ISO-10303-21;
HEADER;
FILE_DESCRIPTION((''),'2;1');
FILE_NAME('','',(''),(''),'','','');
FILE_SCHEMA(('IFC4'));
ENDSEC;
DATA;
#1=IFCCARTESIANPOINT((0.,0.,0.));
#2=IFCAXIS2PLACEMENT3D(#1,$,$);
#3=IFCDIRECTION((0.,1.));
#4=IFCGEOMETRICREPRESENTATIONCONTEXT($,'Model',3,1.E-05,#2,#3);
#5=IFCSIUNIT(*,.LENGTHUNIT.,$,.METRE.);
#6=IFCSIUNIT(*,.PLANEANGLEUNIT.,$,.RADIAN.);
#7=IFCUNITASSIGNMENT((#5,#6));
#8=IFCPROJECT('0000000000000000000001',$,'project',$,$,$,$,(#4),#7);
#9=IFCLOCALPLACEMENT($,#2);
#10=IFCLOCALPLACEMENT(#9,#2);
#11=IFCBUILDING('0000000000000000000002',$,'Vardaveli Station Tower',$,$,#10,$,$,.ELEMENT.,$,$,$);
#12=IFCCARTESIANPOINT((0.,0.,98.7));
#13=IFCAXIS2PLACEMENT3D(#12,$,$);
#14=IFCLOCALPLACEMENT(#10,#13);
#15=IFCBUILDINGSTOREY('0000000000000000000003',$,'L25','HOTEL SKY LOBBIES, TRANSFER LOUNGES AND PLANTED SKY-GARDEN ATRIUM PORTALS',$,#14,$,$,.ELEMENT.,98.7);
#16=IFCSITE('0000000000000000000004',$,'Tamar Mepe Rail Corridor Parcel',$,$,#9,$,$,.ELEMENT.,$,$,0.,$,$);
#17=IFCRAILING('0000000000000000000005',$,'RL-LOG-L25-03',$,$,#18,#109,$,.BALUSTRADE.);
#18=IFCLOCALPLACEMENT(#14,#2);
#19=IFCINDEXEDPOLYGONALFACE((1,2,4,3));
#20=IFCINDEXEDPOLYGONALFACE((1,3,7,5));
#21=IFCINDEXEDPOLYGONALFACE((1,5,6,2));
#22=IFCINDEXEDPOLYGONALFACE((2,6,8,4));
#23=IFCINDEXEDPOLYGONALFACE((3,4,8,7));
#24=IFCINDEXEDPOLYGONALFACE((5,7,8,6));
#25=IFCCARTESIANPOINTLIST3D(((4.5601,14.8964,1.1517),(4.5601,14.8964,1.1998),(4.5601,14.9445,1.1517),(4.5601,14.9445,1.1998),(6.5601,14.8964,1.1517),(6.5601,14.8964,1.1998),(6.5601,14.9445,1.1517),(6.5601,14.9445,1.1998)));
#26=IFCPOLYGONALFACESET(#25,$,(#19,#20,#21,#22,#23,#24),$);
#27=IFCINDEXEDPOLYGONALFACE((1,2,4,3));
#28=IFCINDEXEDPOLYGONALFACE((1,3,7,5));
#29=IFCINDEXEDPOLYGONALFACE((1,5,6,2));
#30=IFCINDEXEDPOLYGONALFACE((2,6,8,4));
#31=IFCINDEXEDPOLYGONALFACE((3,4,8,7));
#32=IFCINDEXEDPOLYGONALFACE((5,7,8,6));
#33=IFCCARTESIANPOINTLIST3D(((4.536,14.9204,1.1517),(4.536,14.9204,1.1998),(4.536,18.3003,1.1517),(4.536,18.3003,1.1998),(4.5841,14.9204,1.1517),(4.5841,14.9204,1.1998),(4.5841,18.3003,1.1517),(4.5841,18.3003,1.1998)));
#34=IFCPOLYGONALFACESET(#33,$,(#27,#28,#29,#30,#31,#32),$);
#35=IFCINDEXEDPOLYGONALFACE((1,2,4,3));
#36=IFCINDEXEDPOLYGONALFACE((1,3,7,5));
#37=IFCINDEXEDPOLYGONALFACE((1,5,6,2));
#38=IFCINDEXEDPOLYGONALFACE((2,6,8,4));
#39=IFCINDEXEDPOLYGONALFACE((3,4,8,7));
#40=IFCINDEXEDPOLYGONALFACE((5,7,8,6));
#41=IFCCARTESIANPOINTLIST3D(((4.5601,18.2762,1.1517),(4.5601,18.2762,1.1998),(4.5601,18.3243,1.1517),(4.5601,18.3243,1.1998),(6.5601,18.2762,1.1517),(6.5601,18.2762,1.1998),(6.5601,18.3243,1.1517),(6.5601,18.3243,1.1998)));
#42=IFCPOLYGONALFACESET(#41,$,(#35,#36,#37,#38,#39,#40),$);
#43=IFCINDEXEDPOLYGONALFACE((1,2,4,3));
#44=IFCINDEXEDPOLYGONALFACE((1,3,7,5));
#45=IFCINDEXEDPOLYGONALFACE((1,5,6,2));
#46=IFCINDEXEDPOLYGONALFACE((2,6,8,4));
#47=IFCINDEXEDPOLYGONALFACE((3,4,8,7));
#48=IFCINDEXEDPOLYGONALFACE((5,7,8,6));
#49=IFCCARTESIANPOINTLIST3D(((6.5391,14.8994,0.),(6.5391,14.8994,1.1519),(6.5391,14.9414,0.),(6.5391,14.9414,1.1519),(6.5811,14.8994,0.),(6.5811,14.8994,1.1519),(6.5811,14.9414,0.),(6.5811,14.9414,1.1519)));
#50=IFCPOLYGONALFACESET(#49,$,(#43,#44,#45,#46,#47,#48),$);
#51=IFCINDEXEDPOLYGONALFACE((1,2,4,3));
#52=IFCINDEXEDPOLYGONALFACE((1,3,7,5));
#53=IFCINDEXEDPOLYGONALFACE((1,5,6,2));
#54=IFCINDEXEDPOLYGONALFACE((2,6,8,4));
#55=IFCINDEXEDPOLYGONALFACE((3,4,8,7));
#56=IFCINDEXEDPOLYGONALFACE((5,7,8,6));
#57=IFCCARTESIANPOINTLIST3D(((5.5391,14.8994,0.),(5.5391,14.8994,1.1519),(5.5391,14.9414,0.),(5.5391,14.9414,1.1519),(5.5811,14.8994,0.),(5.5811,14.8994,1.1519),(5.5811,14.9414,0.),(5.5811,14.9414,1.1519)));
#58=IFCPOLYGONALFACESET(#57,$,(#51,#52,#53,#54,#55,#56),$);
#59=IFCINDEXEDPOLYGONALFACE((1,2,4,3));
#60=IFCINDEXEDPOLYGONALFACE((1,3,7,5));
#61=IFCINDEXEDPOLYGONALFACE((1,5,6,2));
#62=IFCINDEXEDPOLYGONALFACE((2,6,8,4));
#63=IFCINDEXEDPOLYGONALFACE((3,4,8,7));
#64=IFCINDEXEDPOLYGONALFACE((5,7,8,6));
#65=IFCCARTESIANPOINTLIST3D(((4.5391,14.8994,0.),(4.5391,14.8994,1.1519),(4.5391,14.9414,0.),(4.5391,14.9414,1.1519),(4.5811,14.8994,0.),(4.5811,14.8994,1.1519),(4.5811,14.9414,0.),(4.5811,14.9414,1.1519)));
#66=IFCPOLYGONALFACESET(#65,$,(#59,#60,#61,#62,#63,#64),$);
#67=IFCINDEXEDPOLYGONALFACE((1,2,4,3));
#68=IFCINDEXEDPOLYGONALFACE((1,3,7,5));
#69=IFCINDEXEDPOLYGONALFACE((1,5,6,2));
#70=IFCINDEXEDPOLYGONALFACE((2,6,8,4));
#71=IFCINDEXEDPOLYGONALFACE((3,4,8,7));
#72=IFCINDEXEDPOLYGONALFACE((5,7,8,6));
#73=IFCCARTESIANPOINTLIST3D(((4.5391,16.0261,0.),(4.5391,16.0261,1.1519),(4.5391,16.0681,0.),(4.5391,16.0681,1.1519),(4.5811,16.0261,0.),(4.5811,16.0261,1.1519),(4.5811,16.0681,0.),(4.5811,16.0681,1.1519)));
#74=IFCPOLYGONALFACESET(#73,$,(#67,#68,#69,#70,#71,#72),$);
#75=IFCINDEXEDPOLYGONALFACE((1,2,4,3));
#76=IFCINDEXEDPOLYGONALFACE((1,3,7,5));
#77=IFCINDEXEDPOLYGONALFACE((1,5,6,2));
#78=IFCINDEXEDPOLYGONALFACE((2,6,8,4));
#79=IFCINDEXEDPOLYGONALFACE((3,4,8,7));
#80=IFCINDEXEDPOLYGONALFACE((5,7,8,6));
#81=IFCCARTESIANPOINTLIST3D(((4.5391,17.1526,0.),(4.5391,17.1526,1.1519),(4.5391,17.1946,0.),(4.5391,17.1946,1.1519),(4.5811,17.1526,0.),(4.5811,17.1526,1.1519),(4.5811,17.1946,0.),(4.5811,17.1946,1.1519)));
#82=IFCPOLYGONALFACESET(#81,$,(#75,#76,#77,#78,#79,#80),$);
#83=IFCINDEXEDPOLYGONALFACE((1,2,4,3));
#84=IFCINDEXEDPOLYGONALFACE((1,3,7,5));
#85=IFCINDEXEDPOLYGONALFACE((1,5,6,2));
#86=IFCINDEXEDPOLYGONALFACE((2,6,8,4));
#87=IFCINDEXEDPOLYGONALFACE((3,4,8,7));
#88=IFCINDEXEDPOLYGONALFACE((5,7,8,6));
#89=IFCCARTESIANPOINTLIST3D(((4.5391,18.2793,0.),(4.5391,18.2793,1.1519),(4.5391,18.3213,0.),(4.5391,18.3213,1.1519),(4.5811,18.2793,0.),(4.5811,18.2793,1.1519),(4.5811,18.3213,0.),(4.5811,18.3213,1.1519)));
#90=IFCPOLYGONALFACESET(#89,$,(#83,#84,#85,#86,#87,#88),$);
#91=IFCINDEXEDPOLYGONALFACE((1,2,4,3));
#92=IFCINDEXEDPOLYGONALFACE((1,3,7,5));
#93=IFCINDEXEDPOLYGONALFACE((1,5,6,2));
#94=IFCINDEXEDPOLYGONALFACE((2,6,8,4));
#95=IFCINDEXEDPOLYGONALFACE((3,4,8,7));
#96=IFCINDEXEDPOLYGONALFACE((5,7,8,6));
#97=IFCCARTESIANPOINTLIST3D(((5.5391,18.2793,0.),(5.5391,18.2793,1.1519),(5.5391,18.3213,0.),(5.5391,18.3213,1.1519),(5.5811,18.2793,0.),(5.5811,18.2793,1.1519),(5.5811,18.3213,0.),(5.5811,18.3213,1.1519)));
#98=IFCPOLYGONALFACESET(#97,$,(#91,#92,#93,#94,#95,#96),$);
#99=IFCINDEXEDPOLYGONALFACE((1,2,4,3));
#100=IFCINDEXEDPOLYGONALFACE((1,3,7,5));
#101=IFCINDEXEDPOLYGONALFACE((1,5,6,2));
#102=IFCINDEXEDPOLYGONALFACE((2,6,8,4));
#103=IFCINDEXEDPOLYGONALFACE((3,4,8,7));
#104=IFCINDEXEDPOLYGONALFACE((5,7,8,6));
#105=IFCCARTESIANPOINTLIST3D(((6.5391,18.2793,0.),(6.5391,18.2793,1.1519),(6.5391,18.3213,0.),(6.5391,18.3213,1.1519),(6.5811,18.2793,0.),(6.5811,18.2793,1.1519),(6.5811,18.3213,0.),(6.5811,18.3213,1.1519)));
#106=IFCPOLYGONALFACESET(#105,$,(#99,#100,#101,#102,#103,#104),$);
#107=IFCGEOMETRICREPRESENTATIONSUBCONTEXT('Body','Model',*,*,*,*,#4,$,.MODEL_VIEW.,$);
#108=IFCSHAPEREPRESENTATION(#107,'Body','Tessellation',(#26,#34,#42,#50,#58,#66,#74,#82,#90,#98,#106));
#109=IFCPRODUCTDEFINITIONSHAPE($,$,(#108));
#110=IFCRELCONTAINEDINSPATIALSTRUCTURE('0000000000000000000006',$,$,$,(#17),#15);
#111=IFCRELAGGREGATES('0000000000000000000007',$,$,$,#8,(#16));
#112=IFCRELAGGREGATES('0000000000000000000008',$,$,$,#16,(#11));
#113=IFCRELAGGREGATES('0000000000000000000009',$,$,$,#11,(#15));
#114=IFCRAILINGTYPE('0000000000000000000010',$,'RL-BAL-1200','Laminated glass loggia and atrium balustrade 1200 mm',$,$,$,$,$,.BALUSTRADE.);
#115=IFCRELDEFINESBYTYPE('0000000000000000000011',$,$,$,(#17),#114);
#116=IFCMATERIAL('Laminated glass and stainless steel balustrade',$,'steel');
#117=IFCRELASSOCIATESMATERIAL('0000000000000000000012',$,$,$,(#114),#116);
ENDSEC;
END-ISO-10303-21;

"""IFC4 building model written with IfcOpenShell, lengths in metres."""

from ifc_helpers import new_model, si_unit, direction, frame, origin, origin_2d, place, context, subcontext, project, spatial, rectangle, extrude, source, transform, mapped, material, type_object, element, save


model = new_model("IFC4")

# Units and contexts
model_context = context("Model", 3, precision=1e-05, world=origin(), true_north=direction((0.0, 1.0)))
body_context = subcontext(model_context, "Body", "Model", "MODEL_VIEW")
ifc_project = project(units=[si_unit("LENGTHUNIT", "METRE"), si_unit("PLANEANGLEUNIT", "RADIAN")], contexts=[model_context])

# Site, building, storey
site_placement = place(None, origin())
site = spatial("IfcSite", under=ifc_project, at=site_placement, Name="Tamar Mepe Rail Corridor Parcel", CompositionType="ELEMENT", RefElevation=0.0)
building_placement = place(site_placement, origin())
building = spatial("IfcBuilding", under=site, at=building_placement, Name="Vardaveli Station Tower", CompositionType="ELEMENT")
storey_placement = place(building_placement, frame((0.0, 0.0, 98.7)))
storey = spatial("IfcBuildingStorey", under=building, at=storey_placement, Name="L25", Description="HOTEL SKY LOBBIES, TRANSFER LOUNGES AND PLANTED SKY-GARDEN ATRIUM PORTALS", CompositionType="ELEMENT", Elevation=98.7)

# Railing
ifc_material_1 = material(Name="Laminated glass and stainless steel balustrade", Category="steel")
railing_type = type_object("IfcRailingType", Name="RL-BAL-1200", Description="Laminated glass loggia and atrium balustrade 1200 mm", PredefinedType="BALUSTRADE", material=ifc_material_1)
shared_shape_1 = source(origin(), body_context, "Body", "SweptSolid", [
    extrude(rectangle(XDim=0.0481, YDim=0.0481, at=origin_2d()), frame((0.0, 0.0, 1.1758), z_axis=(-1.0, 0.0, 0.0), x_axis=(0.0, -1.0, 0.0)), (0.0, 0.0, 1.0), 2.0),
    extrude(rectangle(XDim=0.0481, YDim=0.0481, at=origin_2d()), frame((-2.0, 0.0, 1.1758), z_axis=(0.0, 1.0, 0.0), x_axis=(-1.0, 0.0, 0.0)), (0.0, 0.0, 1.0), 3.3799),
    extrude(rectangle(XDim=0.0481, YDim=0.0481, at=origin_2d()), frame((-2.0, 3.3799, 1.1758), z_axis=(1.0, 0.0, 0.0), x_axis=(0.0, 1.0, 0.0)), (0.0, 0.0, 1.0), 2.0),
    extrude(rectangle(XDim=0.042, YDim=0.042, at=origin_2d()), origin(), (0.0, 0.0, 1.0), 1.1519),
    extrude(rectangle(XDim=0.042, YDim=0.042, at=origin_2d()), frame((-1.0, 0.0, 0.0)), (0.0, 0.0, 1.0), 1.1519),
    extrude(rectangle(XDim=0.042, YDim=0.042, at=origin_2d()), frame((-2.0, 0.0, 0.0)), (0.0, 0.0, 1.0), 1.1519),
    extrude(rectangle(XDim=0.042, YDim=0.042, at=origin_2d()), frame((-2.0, 1.1267, 0.0)), (0.0, 0.0, 1.0), 1.1519),
    extrude(rectangle(XDim=0.042, YDim=0.042, at=origin_2d()), frame((-2.0, 2.2532, 0.0)), (0.0, 0.0, 1.0), 1.1519),
    extrude(rectangle(XDim=0.042, YDim=0.042, at=origin_2d()), frame((-2.0, 3.3799, 0.0)), (0.0, 0.0, 1.0), 1.1519),
    extrude(rectangle(XDim=0.042, YDim=0.042, at=origin_2d()), frame((-1.0, 3.3799, 0.0)), (0.0, 0.0, 1.0), 1.1519),
    extrude(rectangle(XDim=0.042, YDim=0.042, at=origin_2d()), frame((0.0, 3.3799, 0.0)), (0.0, 0.0, 1.0), 1.1519),
])
railing_placement = place(storey_placement, frame((6.5601, 14.9204, 0.0)))
element("IfcRailing", 1, at=railing_placement, inside=storey, type_object=railing_type, Name="RL-LOG-L25-03", PredefinedType="BALUSTRADE", context=body_context, shape_type="MappedRepresentation", body=[
    mapped(shared_shape_1, transform((0.0, 0.0, 0.0), scale=1.0)),
])

save(model, "model.ifc")
